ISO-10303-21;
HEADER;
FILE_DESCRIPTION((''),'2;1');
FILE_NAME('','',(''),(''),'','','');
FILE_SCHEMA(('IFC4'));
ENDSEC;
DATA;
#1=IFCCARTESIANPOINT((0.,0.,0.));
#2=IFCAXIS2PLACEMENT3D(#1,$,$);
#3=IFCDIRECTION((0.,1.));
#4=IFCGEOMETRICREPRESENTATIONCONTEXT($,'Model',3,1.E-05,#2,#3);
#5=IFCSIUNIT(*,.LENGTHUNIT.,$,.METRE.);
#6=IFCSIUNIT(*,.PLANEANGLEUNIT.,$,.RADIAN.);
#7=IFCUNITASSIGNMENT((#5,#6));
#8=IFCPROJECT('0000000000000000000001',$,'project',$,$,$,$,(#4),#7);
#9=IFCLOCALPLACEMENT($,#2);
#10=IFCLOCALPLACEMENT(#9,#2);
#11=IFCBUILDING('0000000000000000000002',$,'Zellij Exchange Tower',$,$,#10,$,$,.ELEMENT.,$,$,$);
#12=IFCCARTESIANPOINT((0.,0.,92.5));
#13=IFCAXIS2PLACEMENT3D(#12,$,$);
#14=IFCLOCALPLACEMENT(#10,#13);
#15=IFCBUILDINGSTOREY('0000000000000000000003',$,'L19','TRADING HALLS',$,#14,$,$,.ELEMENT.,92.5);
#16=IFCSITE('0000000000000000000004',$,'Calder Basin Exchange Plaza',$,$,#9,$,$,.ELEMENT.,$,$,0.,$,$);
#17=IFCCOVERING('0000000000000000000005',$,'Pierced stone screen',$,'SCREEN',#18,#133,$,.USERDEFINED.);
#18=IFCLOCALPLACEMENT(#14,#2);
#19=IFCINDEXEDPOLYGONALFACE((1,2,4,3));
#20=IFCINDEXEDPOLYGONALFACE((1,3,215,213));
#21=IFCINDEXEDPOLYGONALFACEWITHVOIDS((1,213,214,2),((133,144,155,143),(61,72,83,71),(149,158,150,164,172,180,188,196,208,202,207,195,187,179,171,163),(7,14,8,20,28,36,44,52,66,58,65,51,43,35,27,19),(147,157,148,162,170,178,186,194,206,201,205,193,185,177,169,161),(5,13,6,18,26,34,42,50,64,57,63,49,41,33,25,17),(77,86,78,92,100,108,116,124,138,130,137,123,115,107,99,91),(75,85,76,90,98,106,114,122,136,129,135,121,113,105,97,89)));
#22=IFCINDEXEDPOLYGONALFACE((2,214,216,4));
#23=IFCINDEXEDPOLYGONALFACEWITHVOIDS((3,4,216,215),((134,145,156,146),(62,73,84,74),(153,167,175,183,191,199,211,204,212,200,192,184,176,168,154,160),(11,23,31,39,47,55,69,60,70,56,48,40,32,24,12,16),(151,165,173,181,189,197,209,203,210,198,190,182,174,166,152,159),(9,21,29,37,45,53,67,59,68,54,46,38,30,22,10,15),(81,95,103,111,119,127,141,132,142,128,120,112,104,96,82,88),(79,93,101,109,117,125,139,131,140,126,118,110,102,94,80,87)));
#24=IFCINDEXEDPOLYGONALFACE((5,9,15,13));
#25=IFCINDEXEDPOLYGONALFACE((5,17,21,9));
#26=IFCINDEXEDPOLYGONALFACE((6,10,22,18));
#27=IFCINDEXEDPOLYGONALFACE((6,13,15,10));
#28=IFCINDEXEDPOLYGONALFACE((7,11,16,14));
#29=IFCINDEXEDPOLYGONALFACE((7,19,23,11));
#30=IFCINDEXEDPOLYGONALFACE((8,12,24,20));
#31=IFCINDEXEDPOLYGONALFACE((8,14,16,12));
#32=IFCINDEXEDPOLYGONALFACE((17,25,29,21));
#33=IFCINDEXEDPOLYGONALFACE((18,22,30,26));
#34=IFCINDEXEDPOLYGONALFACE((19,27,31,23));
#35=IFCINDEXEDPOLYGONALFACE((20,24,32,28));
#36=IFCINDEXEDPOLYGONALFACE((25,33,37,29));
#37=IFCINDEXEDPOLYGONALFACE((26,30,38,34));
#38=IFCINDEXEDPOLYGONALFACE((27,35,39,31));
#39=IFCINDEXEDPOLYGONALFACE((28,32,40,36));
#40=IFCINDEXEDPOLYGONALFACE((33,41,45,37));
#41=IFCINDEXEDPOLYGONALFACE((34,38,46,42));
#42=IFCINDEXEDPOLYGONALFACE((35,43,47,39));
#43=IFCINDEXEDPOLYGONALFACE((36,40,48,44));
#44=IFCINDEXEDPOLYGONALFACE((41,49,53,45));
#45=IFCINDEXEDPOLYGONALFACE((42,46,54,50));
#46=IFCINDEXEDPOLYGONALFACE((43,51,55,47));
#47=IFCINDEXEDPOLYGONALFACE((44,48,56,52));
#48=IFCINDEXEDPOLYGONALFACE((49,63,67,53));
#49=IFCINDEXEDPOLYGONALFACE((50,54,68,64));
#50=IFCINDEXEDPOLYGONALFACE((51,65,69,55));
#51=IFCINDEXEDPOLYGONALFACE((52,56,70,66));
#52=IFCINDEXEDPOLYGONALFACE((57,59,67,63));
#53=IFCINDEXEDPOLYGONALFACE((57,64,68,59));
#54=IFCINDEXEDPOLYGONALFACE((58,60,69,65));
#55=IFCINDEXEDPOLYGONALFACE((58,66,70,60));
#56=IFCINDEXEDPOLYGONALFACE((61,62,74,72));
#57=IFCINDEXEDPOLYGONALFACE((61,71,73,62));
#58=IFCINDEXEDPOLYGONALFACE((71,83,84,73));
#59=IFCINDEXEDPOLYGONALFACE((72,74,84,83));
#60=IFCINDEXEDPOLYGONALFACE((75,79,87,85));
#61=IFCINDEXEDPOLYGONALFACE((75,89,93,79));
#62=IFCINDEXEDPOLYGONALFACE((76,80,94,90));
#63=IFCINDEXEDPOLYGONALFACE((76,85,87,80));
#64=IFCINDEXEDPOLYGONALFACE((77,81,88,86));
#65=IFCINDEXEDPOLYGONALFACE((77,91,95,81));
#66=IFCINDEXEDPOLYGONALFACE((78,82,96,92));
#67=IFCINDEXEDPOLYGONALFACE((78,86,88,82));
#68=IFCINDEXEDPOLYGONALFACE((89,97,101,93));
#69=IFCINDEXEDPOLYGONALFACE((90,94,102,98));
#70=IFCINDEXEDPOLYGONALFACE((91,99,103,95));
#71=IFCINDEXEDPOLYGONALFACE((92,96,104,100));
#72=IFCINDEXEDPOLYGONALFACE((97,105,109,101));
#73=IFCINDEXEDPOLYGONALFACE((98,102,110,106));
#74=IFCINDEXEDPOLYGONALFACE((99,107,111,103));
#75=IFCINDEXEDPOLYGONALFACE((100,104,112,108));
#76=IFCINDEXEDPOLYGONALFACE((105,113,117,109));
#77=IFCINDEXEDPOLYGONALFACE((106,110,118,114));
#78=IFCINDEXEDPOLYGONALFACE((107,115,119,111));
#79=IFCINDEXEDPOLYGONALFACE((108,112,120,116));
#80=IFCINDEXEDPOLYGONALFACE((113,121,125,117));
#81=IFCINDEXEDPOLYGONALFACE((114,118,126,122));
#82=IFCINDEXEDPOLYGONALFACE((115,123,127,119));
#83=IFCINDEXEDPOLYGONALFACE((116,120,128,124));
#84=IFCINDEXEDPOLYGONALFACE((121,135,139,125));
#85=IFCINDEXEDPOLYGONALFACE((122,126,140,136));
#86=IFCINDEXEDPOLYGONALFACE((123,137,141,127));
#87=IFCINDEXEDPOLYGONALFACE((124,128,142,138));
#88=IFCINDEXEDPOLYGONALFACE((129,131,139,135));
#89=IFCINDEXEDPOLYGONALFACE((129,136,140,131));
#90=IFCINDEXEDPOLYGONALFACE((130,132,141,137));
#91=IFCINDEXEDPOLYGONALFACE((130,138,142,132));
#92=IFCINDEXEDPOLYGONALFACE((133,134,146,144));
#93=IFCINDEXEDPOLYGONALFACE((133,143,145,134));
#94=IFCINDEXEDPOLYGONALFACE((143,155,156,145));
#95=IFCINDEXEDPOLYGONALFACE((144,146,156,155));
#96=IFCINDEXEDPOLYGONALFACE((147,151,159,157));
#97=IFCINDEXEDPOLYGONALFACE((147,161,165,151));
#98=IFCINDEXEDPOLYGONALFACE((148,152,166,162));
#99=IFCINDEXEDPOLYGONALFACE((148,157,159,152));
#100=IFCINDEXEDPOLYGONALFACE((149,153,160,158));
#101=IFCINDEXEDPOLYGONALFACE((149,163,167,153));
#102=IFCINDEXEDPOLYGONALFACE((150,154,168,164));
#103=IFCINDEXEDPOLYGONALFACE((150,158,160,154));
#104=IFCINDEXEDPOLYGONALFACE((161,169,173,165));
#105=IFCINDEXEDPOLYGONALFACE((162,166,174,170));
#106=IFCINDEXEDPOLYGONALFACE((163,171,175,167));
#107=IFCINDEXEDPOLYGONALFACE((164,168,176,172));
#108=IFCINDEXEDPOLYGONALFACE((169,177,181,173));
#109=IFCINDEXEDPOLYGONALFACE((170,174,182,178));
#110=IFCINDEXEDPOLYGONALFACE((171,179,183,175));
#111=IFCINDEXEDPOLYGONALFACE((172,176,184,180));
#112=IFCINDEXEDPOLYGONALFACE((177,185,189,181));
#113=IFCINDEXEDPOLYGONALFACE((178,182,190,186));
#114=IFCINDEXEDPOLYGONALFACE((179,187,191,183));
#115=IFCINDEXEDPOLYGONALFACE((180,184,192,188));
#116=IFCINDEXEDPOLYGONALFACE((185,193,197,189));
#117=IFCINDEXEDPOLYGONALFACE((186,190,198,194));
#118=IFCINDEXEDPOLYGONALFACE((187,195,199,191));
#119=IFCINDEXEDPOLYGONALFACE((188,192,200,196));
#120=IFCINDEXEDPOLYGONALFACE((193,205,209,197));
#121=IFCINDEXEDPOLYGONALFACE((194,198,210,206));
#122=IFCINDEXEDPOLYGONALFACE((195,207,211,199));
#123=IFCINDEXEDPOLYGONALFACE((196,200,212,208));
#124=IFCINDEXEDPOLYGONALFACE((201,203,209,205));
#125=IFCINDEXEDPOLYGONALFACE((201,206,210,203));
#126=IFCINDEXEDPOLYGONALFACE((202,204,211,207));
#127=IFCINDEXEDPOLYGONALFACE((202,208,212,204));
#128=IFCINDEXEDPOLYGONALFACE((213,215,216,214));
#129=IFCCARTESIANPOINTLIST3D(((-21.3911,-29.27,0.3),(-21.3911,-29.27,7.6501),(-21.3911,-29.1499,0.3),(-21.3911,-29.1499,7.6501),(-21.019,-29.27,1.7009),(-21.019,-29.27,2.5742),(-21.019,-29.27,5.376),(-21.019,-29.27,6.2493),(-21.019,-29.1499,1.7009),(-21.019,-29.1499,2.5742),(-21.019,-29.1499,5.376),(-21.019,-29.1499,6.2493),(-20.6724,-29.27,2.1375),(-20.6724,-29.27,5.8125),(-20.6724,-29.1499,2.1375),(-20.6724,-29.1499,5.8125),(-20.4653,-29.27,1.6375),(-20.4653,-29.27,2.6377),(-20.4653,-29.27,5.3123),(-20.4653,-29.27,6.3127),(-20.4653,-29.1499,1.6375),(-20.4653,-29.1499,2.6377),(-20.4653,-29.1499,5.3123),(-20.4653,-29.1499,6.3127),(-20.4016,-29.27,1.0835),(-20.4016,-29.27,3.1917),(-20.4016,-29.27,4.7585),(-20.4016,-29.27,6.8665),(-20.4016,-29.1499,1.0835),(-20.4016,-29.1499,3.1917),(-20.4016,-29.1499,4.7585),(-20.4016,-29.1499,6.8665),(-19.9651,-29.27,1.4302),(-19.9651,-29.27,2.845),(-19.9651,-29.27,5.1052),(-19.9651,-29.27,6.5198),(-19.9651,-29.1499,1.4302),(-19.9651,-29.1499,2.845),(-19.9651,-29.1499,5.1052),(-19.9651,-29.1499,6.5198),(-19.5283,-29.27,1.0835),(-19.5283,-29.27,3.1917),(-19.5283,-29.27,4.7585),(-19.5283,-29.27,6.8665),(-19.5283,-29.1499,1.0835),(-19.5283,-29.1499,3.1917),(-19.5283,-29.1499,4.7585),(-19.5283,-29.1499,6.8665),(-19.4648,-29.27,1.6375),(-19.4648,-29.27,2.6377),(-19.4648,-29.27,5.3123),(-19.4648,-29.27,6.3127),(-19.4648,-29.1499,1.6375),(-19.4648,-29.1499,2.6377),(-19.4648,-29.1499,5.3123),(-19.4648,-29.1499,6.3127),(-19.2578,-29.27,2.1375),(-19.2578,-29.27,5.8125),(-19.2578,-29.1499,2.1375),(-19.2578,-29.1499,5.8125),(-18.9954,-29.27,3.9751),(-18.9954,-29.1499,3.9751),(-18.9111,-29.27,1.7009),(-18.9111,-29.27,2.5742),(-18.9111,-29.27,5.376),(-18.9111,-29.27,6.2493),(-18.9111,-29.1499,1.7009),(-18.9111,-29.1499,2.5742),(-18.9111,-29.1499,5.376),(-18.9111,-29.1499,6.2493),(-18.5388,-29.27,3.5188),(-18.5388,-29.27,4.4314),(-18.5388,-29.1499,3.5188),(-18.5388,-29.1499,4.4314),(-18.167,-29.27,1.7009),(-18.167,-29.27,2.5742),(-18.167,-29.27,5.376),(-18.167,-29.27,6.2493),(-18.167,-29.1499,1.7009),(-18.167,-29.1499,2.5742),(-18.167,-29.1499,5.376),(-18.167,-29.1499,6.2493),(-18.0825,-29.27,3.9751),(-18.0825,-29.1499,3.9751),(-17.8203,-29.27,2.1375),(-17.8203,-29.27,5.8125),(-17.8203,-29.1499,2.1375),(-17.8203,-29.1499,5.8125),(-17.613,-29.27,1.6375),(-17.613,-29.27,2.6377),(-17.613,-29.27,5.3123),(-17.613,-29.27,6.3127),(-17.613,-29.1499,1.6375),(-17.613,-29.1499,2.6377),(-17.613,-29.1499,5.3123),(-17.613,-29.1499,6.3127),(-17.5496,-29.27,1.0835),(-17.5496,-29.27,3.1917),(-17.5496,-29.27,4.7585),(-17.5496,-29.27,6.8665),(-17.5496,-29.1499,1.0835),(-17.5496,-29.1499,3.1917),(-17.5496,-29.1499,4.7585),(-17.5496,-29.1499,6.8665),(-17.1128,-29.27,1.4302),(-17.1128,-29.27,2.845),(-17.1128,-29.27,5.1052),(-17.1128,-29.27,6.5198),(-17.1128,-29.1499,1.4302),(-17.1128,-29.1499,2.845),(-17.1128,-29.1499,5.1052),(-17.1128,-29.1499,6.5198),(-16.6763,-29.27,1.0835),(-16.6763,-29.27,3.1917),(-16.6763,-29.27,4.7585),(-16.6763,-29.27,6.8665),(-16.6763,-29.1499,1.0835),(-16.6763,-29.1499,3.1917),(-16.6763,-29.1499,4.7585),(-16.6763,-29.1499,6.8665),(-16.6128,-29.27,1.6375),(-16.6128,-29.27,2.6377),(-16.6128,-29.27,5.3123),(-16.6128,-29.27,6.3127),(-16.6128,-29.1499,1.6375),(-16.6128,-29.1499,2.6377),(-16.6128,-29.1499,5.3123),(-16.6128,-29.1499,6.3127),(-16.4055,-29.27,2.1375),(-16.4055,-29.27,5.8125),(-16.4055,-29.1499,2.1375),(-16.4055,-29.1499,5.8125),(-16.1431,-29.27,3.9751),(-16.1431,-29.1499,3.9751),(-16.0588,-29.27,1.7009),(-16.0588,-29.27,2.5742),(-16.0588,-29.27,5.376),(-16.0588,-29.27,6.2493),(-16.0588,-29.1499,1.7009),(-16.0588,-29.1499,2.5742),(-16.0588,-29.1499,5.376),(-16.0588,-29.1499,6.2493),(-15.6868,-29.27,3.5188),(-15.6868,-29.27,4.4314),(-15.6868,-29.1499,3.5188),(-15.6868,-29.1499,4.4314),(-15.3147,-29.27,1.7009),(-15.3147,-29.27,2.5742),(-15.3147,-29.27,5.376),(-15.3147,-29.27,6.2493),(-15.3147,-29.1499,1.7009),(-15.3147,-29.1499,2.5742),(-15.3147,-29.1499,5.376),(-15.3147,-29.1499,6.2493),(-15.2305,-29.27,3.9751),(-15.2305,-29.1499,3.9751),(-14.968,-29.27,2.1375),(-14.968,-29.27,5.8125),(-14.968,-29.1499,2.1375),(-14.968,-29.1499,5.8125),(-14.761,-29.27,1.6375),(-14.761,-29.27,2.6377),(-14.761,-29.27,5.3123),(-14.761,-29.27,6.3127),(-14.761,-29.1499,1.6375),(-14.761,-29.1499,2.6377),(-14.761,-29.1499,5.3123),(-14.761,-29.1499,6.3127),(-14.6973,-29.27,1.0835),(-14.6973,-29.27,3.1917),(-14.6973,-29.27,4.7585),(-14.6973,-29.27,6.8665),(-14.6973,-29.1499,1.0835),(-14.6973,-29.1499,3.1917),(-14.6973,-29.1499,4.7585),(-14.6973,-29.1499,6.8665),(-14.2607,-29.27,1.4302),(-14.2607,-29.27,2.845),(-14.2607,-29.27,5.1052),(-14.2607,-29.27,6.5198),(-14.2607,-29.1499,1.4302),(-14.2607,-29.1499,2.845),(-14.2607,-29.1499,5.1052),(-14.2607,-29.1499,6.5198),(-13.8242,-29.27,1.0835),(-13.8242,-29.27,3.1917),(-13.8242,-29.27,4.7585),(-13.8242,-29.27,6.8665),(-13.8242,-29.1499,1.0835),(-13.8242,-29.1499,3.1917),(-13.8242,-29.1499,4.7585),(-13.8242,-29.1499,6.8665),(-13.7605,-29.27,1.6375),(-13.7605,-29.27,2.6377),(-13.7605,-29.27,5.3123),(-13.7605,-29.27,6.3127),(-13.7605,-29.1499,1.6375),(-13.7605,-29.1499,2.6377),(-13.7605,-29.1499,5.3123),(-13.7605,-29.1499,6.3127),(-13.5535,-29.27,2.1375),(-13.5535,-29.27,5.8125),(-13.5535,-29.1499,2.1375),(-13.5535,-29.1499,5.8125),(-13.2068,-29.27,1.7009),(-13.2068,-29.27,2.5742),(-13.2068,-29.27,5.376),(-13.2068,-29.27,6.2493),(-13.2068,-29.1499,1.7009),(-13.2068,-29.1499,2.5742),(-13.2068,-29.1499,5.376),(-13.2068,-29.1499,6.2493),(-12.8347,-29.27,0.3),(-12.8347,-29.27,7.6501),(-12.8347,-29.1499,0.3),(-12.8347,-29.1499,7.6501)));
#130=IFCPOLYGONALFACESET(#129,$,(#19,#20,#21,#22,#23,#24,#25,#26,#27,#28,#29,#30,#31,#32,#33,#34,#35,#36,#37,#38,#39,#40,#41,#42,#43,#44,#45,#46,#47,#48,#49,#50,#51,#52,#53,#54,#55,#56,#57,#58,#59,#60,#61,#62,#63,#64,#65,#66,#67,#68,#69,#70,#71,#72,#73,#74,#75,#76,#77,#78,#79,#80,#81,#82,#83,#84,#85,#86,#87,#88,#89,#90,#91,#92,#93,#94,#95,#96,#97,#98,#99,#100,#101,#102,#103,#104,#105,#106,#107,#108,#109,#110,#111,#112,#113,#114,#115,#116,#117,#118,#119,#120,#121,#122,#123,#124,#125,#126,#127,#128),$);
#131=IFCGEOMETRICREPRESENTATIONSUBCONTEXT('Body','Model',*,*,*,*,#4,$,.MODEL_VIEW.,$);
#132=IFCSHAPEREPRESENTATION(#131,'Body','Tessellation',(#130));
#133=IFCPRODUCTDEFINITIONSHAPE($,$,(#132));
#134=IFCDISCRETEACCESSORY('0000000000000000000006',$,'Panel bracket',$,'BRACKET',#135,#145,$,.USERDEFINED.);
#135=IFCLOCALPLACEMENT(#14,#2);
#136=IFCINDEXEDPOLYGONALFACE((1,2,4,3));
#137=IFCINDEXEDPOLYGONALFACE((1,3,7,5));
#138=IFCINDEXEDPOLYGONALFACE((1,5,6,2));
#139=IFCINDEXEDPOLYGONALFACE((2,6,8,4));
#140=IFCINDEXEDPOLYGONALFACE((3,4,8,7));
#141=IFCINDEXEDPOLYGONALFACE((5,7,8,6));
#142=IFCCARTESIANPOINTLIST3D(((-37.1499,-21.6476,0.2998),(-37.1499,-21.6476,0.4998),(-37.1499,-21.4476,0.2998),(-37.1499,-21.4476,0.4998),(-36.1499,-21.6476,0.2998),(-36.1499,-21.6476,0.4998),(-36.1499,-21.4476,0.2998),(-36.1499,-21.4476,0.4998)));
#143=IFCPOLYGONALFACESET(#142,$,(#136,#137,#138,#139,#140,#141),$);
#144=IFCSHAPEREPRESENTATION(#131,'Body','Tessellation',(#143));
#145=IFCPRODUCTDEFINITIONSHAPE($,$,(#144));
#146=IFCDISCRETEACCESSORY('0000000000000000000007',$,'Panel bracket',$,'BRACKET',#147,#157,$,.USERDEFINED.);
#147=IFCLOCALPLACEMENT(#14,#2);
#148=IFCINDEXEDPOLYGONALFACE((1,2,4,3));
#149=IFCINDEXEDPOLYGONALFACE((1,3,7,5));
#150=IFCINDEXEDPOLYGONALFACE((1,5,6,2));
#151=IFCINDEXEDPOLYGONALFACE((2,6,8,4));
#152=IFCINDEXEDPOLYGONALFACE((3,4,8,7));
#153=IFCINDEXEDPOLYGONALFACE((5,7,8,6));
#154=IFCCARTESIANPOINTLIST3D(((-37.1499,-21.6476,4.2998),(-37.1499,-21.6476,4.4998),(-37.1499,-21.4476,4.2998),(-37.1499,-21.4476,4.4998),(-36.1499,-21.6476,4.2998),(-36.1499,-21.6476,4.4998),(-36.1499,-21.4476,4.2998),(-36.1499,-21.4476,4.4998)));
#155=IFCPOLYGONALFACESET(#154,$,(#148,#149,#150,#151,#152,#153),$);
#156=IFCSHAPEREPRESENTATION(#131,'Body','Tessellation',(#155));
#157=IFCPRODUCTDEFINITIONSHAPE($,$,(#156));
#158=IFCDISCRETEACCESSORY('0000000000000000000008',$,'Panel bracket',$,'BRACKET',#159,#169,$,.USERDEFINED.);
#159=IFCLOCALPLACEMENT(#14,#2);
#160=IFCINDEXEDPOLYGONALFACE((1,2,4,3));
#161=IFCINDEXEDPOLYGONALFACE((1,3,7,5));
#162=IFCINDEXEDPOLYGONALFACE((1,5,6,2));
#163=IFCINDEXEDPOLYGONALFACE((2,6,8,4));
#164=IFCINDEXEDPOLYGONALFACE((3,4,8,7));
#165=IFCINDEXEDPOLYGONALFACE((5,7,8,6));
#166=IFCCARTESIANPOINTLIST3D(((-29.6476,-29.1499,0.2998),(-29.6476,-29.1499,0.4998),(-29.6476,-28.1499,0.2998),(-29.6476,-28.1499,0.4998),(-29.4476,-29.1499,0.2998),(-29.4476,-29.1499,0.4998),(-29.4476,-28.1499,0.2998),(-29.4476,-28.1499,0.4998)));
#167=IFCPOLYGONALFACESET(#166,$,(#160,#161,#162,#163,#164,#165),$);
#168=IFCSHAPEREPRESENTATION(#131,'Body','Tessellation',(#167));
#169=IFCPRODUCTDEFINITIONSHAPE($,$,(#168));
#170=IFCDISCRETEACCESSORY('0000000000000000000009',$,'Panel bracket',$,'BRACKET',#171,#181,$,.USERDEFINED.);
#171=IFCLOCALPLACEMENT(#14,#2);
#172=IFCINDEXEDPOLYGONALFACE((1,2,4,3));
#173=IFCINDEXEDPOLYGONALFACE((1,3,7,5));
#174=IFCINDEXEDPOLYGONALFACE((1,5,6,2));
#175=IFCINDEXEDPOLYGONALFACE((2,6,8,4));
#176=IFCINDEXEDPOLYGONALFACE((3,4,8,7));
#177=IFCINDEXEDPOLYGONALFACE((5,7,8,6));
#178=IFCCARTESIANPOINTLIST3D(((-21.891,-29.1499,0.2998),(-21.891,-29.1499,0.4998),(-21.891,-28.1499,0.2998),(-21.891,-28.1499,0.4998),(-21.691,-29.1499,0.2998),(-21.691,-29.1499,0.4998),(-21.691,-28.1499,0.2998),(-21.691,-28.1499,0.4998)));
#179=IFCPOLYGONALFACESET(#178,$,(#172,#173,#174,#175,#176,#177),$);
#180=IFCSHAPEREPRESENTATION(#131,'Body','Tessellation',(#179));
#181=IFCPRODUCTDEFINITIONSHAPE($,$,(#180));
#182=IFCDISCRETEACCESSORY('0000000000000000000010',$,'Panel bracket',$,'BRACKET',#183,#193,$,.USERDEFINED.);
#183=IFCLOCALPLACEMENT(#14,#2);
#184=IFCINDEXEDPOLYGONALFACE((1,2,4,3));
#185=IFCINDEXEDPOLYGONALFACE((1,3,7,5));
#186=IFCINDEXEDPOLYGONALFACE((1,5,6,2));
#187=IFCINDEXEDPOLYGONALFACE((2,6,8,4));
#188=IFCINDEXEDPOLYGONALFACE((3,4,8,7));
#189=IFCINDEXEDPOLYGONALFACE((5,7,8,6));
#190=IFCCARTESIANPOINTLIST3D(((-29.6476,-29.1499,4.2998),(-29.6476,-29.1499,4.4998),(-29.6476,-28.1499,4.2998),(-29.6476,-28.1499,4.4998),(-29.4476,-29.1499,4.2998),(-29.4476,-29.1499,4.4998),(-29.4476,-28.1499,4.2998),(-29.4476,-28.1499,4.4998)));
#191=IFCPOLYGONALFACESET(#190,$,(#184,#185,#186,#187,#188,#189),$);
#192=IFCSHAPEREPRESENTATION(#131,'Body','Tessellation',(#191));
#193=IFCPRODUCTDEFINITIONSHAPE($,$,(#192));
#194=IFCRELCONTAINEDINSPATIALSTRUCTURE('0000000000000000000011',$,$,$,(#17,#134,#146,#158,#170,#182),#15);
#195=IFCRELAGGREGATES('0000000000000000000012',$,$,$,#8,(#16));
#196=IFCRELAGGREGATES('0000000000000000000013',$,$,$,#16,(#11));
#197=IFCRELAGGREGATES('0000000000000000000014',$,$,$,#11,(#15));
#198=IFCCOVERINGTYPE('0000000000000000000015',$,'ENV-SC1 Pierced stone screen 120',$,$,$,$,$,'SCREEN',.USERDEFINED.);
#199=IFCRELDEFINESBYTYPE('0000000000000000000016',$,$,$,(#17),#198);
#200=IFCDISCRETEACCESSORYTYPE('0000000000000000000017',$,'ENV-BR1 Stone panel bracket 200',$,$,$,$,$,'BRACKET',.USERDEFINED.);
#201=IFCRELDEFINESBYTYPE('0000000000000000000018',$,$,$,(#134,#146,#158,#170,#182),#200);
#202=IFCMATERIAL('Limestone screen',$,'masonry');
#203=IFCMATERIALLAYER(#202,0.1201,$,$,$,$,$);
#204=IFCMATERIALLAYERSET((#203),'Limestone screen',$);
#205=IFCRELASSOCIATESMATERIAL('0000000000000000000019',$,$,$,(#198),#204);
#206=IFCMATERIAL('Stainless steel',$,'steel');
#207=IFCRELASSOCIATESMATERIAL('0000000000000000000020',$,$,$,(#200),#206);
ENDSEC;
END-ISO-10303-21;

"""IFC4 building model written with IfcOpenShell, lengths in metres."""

from ifc_helpers import new_model, si_unit, direction, frame, origin, origin_2d, place, context, subcontext, project, spatial, polyline, rectangle, outline, extrude, material, layer, layer_set, type_object, element, save


model = new_model("IFC4")

# Units and contexts
model_context = context("Model", 3, precision=1e-05, world=origin(), true_north=direction((0.0, 1.0)))
body_context = subcontext(model_context, "Body", "Model", "MODEL_VIEW")
ifc_project = project(units=[si_unit("LENGTHUNIT", "METRE"), si_unit("PLANEANGLEUNIT", "RADIAN")], contexts=[model_context])

# Site, building, storey
site_placement = place(None, origin())
site = spatial("IfcSite", under=ifc_project, at=site_placement, Name="Calder Basin Exchange Plaza", CompositionType="ELEMENT", RefElevation=0.0)
building_placement = place(site_placement, origin())
building = spatial("IfcBuilding", under=site, at=building_placement, Name="Zellij Exchange Tower", CompositionType="ELEMENT")
storey_placement = place(building_placement, frame((0.0, 0.0, 92.5)))
storey = spatial("IfcBuildingStorey", under=building, at=storey_placement, Name="L19", Description="TRADING HALLS", CompositionType="ELEMENT", Elevation=92.5)

# Covering
ifc_material_1 = material(Name="Limestone screen", Category="masonry")
ifc_layer_1 = layer(ifc_material_1, 0.1201)
ifc_layer_set_1 = layer_set([ifc_layer_1], Name="Limestone screen")
covering_type = type_object("IfcCoveringType", Name="ENV-SC1 Pierced stone screen 120", ElementType="SCREEN", PredefinedType="USERDEFINED", material=ifc_layer_set_1)
covering_1_placement = place(storey_placement, frame((-21.3911, -29.21, 0.3), z_axis=(0.0, 0.0, 1.0), x_axis=(1.0, 0.0, 0.0)))
element("IfcCovering", 1, at=covering_1_placement, inside=storey, type_object=covering_type, Name="Pierced stone screen", ObjectType="SCREEN", PredefinedType="USERDEFINED", context=body_context, shape_type="SweptSolid", body=[
    extrude(outline(polyline([(0.0, 0.0), (8.5564, 0.0), (8.5564, 7.3501), (0.0, 7.3501), (0.0, 0.0)]), holes=[polyline([(2.48, 2.2742), (1.9263, 2.3376), (1.8628, 2.8916), (1.426, 2.5449), (0.9895, 2.8916), (0.9258, 2.3376), (0.3721, 2.2742), (0.7188, 1.8374), (0.3721, 1.4009), (0.9258, 1.3374), (0.9895, 0.7834), (1.426, 1.1301), (1.8628, 0.7834), (1.9263, 1.3374), (2.48, 1.4009), (2.1333, 1.8374), (2.48, 2.2742)]), polyline([(2.48, 5.9492), (1.9263, 6.0127), (1.8628, 6.5664), (1.426, 6.2197), (0.9895, 6.5664), (0.9258, 6.0127), (0.3721, 5.9492), (0.7188, 5.5125), (0.3721, 5.0759), (0.9258, 5.0122), (0.9895, 4.4585), (1.426, 4.8052), (1.8628, 4.4585), (1.9263, 5.0122), (2.48, 5.0759), (2.1333, 5.5125), (2.48, 5.9492)]), polyline([(5.3323, 2.2742), (4.7783, 2.3376), (4.7148, 2.8916), (4.2783, 2.5449), (3.8416, 2.8916), (3.7781, 2.3376), (3.2241, 2.2742), (3.5708, 1.8374), (3.2241, 1.4009), (3.7781, 1.3374), (3.8416, 0.7834), (4.2783, 1.1301), (4.7148, 0.7834), (4.7783, 1.3374), (5.3323, 1.4009), (4.9856, 1.8374), (5.3323, 2.2742)]), polyline([(5.3323, 5.9492), (4.7783, 6.0127), (4.7148, 6.5664), (4.2783, 6.2197), (3.8416, 6.5664), (3.7781, 6.0127), (3.2241, 5.9492), (3.5708, 5.5125), (3.2241, 5.0759), (3.7781, 5.0122), (3.8416, 4.4585), (4.2783, 4.8052), (4.7148, 4.4585), (4.7783, 5.0122), (5.3323, 5.0759), (4.9856, 5.5125), (5.3323, 5.9492)]), polyline([(8.1843, 2.2742), (7.6306, 2.3376), (7.5669, 2.8916), (7.1304, 2.5449), (6.6938, 2.8916), (6.6301, 2.3376), (6.0764, 2.2742), (6.4231, 1.8374), (6.0764, 1.4009), (6.6301, 1.3374), (6.6938, 0.7834), (7.1304, 1.1301), (7.5669, 0.7834), (7.6306, 1.3374), (8.1843, 1.4009), (7.8376, 1.8374), (8.1843, 2.2742)]), polyline([(8.1843, 5.9492), (7.6306, 6.0127), (7.5669, 6.5664), (7.1304, 6.2197), (6.6938, 6.5664), (6.6301, 6.0127), (6.0764, 5.9492), (6.4231, 5.5125), (6.0764, 5.0759), (6.6301, 5.0122), (6.6938, 4.4585), (7.1304, 4.8052), (7.5669, 4.4585), (7.6306, 5.0122), (8.1843, 5.0759), (7.8376, 5.5125), (8.1843, 5.9492)]), polyline([(3.3086, 3.675), (2.8523, 4.1313), (2.3958, 3.675), (2.8523, 3.2188), (3.3086, 3.675)]), polyline([(6.1606, 3.675), (5.7043, 4.1313), (5.248, 3.675), (5.7043, 3.2188), (6.1606, 3.675)])]), frame((0.0, 0.0601, 0.0), z_axis=(0.0, -1.0, 0.0), x_axis=(1.0, 0.0, 0.0)), (0.0, 0.0, 1.0), 0.1201),
])

# Discrete accessories
ifc_material_2 = material(Name="Stainless steel", Category="steel")
discrete_accessory_type = type_object("IfcDiscreteAccessoryType", Name="ENV-BR1 Stone panel bracket 200", ElementType="BRACKET", PredefinedType="USERDEFINED", material=ifc_material_2)
for number, where, z_axis, x_axis, name in (
    (2, (-36.6499, -21.5476, 0.2998), (0.0, 0.0, 1.0), (0.0, -1.0, 0.0), "Panel bracket"),
    (3, (-36.6499, -21.5476, 4.2998), (0.0, 0.0, 1.0), (0.0, -1.0, 0.0), "Panel bracket"),
    (4, (-29.5476, -28.6499, 0.2998), (0.0, 0.0, 1.0), (1.0, 0.0, 0.0), "Panel bracket"),
    (5, (-21.791, -28.6499, 0.2998), (0.0, 0.0, 1.0), (1.0, 0.0, 0.0), "Panel bracket"),
    (6, (-29.5476, -28.6499, 4.2998), (0.0, 0.0, 1.0), (1.0, 0.0, 0.0), "Panel bracket"),
):
    element("IfcDiscreteAccessory", number, at=place(storey_placement, frame(where, z_axis=z_axis, x_axis=x_axis)), inside=storey, type_object=discrete_accessory_type, Name=name, ObjectType="BRACKET", PredefinedType="USERDEFINED", context=body_context, shape_type="SweptSolid", body=[
        extrude(rectangle(XDim=0.2, YDim=1.0, at=origin_2d()), origin(), (0.0, 0.0, 1.0), 0.2),
    ])

save(model, "model.ifc")
